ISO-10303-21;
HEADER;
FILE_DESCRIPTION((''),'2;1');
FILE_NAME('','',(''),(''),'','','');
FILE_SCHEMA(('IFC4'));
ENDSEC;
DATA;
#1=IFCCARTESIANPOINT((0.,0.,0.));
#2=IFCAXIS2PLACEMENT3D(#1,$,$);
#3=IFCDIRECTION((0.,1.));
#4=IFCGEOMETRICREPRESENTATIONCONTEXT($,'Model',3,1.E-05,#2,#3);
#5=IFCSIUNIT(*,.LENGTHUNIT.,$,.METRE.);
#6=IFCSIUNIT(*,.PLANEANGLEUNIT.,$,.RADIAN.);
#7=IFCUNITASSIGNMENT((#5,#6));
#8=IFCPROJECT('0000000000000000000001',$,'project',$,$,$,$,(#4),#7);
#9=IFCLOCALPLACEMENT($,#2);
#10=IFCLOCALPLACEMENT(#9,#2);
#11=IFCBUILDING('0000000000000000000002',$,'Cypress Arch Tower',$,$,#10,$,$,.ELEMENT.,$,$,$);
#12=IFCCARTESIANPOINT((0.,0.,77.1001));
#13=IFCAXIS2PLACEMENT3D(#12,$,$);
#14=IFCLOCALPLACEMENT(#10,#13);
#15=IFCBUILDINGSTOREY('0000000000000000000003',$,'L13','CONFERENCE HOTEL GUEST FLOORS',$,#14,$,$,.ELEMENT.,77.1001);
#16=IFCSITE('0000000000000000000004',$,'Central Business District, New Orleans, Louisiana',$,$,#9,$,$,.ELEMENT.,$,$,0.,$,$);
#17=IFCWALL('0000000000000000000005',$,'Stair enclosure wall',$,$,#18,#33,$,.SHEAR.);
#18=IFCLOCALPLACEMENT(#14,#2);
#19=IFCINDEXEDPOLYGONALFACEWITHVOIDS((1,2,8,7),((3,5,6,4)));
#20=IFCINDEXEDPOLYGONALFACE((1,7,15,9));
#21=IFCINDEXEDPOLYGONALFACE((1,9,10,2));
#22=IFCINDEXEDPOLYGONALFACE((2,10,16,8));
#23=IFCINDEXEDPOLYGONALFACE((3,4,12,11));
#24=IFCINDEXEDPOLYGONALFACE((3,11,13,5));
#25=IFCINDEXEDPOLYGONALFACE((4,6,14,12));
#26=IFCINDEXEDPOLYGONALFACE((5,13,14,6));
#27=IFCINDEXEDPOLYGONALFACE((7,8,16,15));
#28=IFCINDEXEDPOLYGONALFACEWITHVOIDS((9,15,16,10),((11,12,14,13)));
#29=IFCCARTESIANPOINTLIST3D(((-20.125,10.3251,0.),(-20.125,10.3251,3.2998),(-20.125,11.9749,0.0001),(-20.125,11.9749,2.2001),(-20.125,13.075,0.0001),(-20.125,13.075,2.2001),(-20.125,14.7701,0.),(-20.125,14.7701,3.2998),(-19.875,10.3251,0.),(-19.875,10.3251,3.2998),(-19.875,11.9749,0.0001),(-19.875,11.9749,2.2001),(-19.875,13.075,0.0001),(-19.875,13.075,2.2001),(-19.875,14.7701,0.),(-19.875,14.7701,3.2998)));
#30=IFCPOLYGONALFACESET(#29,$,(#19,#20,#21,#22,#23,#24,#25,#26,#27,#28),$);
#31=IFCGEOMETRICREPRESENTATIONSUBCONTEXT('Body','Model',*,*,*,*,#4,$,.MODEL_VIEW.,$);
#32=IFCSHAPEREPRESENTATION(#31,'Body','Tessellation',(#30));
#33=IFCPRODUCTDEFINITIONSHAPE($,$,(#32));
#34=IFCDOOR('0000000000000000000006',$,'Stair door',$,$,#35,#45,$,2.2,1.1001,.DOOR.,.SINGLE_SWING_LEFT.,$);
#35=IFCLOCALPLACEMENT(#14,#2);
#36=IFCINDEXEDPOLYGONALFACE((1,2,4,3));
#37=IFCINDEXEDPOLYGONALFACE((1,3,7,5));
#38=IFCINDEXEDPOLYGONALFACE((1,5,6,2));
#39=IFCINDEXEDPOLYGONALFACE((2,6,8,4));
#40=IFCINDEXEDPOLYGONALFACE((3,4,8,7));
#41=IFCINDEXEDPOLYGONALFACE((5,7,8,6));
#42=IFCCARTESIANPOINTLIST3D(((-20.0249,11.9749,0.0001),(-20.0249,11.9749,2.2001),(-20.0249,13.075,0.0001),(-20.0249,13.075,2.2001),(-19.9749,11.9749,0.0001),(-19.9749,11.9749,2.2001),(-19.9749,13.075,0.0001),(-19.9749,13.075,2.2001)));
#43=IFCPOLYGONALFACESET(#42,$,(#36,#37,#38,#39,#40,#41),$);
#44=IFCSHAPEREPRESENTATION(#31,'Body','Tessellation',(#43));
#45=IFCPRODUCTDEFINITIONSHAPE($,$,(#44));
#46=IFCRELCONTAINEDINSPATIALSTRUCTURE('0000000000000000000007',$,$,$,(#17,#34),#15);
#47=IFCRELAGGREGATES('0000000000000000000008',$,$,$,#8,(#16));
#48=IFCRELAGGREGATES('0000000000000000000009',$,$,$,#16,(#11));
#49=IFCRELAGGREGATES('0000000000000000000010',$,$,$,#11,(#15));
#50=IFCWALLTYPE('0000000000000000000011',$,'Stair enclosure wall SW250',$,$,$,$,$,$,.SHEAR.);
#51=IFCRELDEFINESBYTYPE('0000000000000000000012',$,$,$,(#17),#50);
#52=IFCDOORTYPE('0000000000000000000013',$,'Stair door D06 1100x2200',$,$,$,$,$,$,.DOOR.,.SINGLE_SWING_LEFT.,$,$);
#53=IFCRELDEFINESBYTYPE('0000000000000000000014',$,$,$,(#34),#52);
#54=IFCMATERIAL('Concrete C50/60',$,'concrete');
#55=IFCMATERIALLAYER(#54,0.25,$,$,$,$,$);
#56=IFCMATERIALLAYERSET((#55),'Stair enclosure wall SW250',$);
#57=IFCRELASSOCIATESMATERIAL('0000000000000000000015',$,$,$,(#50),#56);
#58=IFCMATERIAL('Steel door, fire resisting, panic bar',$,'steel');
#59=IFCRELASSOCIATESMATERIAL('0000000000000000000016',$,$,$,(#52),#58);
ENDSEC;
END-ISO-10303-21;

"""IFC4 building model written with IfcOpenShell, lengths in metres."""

from ifc_helpers import new_model, si_unit, direction, frame, frame_2d, origin, place, context, subcontext, project, spatial, rectangle, extrude, material, layer, layer_set, type_object, element, fill, save


model = new_model("IFC4")

# Units and contexts
model_context = context("Model", 3, precision=1e-05, world=origin(), true_north=direction((0.0, 1.0)))
body_context = subcontext(model_context, "Body", "Model", "MODEL_VIEW")
ifc_project = project(units=[si_unit("LENGTHUNIT", "METRE"), si_unit("PLANEANGLEUNIT", "RADIAN")], contexts=[model_context])

# Site, building, storey
site_placement = place(None, origin())
site = spatial("IfcSite", under=ifc_project, at=site_placement, Name="Central Business District, New Orleans, Louisiana", CompositionType="ELEMENT", RefElevation=0.0)
building_placement = place(site_placement, origin())
building = spatial("IfcBuilding", under=site, at=building_placement, Name="Cypress Arch Tower", CompositionType="ELEMENT")
storey_placement = place(building_placement, frame((0.0, 0.0, 77.1001)))
storey = spatial("IfcBuildingStorey", under=building, at=storey_placement, Name="L13", Description="CONFERENCE HOTEL GUEST FLOORS", CompositionType="ELEMENT", Elevation=77.1001)

# Wall, opening, door
ifc_material_1 = material(Name="Concrete C50/60", Category="concrete")
ifc_layer_1 = layer(ifc_material_1, 0.25)
ifc_layer_set_1 = layer_set([ifc_layer_1], Name="Stair enclosure wall SW250")
wall_type_1 = type_object("IfcWallType", Name="Stair enclosure wall SW250", PredefinedType="SHEAR", material=ifc_layer_set_1)
wall_1_placement = place(storey_placement, frame((-20.0, 10.325, 0.0), z_axis=(0.0, 0.0, 1.0), x_axis=(0.0, 1.0, 0.0)))
wall_1 = element("IfcWall", 1, at=wall_1_placement, inside=storey, type_object=wall_type_1, Name="Stair enclosure wall", PredefinedType="SHEAR", context=body_context, shape_type="SweptSolid", body=[
    extrude(rectangle(XDim=4.4451, YDim=0.25, at=frame_2d((2.2227, 0.0))), origin(), (0.0, 0.0, 1.0), 3.2998),
])
opening_1_placement = place(wall_1_placement, frame((1.6499, 0.0, 0.0)))
opening_1 = element("IfcOpeningElement", 2, at=opening_1_placement, cuts=wall_1, PredefinedType="OPENING", context=body_context, shape_type="SweptSolid", body=[
    extrude(rectangle(XDim=1.1001, YDim=2.2, at=frame_2d((0.55, 1.1001))), frame((0.0, 0.135, 0.0), z_axis=(0.0, -1.0, 0.0), x_axis=(1.0, 0.0, 0.0)), (0.0, 0.0, 1.0), 0.27),
])
ifc_material_2 = material(Name="Steel door, fire resisting, panic bar", Category="steel")
door_type_1 = type_object("IfcDoorType", Name="Stair door D06 1100x2200", OperationType="SINGLE_SWING_LEFT", PredefinedType="DOOR", material=ifc_material_2)
door_1_placement = place(opening_1_placement, origin())
door_1 = element("IfcDoor", 3, at=door_1_placement, inside=storey, type_object=door_type_1, Name="Stair door", OperationType="SINGLE_SWING_LEFT", OverallHeight=2.2, OverallWidth=1.1001, PredefinedType="DOOR", context=body_context, shape_type="SweptSolid", body=[
    extrude(rectangle(XDim=1.1001, YDim=2.2, at=frame_2d((0.55, 1.1001))), frame((0.0, 0.0249, 0.0), z_axis=(0.0, -1.0, 0.0), x_axis=(1.0, 0.0, 0.0)), (0.0, 0.0, 1.0), 0.05),
])
fill(opening_1, door_1)

save(model, "model.ifc")
